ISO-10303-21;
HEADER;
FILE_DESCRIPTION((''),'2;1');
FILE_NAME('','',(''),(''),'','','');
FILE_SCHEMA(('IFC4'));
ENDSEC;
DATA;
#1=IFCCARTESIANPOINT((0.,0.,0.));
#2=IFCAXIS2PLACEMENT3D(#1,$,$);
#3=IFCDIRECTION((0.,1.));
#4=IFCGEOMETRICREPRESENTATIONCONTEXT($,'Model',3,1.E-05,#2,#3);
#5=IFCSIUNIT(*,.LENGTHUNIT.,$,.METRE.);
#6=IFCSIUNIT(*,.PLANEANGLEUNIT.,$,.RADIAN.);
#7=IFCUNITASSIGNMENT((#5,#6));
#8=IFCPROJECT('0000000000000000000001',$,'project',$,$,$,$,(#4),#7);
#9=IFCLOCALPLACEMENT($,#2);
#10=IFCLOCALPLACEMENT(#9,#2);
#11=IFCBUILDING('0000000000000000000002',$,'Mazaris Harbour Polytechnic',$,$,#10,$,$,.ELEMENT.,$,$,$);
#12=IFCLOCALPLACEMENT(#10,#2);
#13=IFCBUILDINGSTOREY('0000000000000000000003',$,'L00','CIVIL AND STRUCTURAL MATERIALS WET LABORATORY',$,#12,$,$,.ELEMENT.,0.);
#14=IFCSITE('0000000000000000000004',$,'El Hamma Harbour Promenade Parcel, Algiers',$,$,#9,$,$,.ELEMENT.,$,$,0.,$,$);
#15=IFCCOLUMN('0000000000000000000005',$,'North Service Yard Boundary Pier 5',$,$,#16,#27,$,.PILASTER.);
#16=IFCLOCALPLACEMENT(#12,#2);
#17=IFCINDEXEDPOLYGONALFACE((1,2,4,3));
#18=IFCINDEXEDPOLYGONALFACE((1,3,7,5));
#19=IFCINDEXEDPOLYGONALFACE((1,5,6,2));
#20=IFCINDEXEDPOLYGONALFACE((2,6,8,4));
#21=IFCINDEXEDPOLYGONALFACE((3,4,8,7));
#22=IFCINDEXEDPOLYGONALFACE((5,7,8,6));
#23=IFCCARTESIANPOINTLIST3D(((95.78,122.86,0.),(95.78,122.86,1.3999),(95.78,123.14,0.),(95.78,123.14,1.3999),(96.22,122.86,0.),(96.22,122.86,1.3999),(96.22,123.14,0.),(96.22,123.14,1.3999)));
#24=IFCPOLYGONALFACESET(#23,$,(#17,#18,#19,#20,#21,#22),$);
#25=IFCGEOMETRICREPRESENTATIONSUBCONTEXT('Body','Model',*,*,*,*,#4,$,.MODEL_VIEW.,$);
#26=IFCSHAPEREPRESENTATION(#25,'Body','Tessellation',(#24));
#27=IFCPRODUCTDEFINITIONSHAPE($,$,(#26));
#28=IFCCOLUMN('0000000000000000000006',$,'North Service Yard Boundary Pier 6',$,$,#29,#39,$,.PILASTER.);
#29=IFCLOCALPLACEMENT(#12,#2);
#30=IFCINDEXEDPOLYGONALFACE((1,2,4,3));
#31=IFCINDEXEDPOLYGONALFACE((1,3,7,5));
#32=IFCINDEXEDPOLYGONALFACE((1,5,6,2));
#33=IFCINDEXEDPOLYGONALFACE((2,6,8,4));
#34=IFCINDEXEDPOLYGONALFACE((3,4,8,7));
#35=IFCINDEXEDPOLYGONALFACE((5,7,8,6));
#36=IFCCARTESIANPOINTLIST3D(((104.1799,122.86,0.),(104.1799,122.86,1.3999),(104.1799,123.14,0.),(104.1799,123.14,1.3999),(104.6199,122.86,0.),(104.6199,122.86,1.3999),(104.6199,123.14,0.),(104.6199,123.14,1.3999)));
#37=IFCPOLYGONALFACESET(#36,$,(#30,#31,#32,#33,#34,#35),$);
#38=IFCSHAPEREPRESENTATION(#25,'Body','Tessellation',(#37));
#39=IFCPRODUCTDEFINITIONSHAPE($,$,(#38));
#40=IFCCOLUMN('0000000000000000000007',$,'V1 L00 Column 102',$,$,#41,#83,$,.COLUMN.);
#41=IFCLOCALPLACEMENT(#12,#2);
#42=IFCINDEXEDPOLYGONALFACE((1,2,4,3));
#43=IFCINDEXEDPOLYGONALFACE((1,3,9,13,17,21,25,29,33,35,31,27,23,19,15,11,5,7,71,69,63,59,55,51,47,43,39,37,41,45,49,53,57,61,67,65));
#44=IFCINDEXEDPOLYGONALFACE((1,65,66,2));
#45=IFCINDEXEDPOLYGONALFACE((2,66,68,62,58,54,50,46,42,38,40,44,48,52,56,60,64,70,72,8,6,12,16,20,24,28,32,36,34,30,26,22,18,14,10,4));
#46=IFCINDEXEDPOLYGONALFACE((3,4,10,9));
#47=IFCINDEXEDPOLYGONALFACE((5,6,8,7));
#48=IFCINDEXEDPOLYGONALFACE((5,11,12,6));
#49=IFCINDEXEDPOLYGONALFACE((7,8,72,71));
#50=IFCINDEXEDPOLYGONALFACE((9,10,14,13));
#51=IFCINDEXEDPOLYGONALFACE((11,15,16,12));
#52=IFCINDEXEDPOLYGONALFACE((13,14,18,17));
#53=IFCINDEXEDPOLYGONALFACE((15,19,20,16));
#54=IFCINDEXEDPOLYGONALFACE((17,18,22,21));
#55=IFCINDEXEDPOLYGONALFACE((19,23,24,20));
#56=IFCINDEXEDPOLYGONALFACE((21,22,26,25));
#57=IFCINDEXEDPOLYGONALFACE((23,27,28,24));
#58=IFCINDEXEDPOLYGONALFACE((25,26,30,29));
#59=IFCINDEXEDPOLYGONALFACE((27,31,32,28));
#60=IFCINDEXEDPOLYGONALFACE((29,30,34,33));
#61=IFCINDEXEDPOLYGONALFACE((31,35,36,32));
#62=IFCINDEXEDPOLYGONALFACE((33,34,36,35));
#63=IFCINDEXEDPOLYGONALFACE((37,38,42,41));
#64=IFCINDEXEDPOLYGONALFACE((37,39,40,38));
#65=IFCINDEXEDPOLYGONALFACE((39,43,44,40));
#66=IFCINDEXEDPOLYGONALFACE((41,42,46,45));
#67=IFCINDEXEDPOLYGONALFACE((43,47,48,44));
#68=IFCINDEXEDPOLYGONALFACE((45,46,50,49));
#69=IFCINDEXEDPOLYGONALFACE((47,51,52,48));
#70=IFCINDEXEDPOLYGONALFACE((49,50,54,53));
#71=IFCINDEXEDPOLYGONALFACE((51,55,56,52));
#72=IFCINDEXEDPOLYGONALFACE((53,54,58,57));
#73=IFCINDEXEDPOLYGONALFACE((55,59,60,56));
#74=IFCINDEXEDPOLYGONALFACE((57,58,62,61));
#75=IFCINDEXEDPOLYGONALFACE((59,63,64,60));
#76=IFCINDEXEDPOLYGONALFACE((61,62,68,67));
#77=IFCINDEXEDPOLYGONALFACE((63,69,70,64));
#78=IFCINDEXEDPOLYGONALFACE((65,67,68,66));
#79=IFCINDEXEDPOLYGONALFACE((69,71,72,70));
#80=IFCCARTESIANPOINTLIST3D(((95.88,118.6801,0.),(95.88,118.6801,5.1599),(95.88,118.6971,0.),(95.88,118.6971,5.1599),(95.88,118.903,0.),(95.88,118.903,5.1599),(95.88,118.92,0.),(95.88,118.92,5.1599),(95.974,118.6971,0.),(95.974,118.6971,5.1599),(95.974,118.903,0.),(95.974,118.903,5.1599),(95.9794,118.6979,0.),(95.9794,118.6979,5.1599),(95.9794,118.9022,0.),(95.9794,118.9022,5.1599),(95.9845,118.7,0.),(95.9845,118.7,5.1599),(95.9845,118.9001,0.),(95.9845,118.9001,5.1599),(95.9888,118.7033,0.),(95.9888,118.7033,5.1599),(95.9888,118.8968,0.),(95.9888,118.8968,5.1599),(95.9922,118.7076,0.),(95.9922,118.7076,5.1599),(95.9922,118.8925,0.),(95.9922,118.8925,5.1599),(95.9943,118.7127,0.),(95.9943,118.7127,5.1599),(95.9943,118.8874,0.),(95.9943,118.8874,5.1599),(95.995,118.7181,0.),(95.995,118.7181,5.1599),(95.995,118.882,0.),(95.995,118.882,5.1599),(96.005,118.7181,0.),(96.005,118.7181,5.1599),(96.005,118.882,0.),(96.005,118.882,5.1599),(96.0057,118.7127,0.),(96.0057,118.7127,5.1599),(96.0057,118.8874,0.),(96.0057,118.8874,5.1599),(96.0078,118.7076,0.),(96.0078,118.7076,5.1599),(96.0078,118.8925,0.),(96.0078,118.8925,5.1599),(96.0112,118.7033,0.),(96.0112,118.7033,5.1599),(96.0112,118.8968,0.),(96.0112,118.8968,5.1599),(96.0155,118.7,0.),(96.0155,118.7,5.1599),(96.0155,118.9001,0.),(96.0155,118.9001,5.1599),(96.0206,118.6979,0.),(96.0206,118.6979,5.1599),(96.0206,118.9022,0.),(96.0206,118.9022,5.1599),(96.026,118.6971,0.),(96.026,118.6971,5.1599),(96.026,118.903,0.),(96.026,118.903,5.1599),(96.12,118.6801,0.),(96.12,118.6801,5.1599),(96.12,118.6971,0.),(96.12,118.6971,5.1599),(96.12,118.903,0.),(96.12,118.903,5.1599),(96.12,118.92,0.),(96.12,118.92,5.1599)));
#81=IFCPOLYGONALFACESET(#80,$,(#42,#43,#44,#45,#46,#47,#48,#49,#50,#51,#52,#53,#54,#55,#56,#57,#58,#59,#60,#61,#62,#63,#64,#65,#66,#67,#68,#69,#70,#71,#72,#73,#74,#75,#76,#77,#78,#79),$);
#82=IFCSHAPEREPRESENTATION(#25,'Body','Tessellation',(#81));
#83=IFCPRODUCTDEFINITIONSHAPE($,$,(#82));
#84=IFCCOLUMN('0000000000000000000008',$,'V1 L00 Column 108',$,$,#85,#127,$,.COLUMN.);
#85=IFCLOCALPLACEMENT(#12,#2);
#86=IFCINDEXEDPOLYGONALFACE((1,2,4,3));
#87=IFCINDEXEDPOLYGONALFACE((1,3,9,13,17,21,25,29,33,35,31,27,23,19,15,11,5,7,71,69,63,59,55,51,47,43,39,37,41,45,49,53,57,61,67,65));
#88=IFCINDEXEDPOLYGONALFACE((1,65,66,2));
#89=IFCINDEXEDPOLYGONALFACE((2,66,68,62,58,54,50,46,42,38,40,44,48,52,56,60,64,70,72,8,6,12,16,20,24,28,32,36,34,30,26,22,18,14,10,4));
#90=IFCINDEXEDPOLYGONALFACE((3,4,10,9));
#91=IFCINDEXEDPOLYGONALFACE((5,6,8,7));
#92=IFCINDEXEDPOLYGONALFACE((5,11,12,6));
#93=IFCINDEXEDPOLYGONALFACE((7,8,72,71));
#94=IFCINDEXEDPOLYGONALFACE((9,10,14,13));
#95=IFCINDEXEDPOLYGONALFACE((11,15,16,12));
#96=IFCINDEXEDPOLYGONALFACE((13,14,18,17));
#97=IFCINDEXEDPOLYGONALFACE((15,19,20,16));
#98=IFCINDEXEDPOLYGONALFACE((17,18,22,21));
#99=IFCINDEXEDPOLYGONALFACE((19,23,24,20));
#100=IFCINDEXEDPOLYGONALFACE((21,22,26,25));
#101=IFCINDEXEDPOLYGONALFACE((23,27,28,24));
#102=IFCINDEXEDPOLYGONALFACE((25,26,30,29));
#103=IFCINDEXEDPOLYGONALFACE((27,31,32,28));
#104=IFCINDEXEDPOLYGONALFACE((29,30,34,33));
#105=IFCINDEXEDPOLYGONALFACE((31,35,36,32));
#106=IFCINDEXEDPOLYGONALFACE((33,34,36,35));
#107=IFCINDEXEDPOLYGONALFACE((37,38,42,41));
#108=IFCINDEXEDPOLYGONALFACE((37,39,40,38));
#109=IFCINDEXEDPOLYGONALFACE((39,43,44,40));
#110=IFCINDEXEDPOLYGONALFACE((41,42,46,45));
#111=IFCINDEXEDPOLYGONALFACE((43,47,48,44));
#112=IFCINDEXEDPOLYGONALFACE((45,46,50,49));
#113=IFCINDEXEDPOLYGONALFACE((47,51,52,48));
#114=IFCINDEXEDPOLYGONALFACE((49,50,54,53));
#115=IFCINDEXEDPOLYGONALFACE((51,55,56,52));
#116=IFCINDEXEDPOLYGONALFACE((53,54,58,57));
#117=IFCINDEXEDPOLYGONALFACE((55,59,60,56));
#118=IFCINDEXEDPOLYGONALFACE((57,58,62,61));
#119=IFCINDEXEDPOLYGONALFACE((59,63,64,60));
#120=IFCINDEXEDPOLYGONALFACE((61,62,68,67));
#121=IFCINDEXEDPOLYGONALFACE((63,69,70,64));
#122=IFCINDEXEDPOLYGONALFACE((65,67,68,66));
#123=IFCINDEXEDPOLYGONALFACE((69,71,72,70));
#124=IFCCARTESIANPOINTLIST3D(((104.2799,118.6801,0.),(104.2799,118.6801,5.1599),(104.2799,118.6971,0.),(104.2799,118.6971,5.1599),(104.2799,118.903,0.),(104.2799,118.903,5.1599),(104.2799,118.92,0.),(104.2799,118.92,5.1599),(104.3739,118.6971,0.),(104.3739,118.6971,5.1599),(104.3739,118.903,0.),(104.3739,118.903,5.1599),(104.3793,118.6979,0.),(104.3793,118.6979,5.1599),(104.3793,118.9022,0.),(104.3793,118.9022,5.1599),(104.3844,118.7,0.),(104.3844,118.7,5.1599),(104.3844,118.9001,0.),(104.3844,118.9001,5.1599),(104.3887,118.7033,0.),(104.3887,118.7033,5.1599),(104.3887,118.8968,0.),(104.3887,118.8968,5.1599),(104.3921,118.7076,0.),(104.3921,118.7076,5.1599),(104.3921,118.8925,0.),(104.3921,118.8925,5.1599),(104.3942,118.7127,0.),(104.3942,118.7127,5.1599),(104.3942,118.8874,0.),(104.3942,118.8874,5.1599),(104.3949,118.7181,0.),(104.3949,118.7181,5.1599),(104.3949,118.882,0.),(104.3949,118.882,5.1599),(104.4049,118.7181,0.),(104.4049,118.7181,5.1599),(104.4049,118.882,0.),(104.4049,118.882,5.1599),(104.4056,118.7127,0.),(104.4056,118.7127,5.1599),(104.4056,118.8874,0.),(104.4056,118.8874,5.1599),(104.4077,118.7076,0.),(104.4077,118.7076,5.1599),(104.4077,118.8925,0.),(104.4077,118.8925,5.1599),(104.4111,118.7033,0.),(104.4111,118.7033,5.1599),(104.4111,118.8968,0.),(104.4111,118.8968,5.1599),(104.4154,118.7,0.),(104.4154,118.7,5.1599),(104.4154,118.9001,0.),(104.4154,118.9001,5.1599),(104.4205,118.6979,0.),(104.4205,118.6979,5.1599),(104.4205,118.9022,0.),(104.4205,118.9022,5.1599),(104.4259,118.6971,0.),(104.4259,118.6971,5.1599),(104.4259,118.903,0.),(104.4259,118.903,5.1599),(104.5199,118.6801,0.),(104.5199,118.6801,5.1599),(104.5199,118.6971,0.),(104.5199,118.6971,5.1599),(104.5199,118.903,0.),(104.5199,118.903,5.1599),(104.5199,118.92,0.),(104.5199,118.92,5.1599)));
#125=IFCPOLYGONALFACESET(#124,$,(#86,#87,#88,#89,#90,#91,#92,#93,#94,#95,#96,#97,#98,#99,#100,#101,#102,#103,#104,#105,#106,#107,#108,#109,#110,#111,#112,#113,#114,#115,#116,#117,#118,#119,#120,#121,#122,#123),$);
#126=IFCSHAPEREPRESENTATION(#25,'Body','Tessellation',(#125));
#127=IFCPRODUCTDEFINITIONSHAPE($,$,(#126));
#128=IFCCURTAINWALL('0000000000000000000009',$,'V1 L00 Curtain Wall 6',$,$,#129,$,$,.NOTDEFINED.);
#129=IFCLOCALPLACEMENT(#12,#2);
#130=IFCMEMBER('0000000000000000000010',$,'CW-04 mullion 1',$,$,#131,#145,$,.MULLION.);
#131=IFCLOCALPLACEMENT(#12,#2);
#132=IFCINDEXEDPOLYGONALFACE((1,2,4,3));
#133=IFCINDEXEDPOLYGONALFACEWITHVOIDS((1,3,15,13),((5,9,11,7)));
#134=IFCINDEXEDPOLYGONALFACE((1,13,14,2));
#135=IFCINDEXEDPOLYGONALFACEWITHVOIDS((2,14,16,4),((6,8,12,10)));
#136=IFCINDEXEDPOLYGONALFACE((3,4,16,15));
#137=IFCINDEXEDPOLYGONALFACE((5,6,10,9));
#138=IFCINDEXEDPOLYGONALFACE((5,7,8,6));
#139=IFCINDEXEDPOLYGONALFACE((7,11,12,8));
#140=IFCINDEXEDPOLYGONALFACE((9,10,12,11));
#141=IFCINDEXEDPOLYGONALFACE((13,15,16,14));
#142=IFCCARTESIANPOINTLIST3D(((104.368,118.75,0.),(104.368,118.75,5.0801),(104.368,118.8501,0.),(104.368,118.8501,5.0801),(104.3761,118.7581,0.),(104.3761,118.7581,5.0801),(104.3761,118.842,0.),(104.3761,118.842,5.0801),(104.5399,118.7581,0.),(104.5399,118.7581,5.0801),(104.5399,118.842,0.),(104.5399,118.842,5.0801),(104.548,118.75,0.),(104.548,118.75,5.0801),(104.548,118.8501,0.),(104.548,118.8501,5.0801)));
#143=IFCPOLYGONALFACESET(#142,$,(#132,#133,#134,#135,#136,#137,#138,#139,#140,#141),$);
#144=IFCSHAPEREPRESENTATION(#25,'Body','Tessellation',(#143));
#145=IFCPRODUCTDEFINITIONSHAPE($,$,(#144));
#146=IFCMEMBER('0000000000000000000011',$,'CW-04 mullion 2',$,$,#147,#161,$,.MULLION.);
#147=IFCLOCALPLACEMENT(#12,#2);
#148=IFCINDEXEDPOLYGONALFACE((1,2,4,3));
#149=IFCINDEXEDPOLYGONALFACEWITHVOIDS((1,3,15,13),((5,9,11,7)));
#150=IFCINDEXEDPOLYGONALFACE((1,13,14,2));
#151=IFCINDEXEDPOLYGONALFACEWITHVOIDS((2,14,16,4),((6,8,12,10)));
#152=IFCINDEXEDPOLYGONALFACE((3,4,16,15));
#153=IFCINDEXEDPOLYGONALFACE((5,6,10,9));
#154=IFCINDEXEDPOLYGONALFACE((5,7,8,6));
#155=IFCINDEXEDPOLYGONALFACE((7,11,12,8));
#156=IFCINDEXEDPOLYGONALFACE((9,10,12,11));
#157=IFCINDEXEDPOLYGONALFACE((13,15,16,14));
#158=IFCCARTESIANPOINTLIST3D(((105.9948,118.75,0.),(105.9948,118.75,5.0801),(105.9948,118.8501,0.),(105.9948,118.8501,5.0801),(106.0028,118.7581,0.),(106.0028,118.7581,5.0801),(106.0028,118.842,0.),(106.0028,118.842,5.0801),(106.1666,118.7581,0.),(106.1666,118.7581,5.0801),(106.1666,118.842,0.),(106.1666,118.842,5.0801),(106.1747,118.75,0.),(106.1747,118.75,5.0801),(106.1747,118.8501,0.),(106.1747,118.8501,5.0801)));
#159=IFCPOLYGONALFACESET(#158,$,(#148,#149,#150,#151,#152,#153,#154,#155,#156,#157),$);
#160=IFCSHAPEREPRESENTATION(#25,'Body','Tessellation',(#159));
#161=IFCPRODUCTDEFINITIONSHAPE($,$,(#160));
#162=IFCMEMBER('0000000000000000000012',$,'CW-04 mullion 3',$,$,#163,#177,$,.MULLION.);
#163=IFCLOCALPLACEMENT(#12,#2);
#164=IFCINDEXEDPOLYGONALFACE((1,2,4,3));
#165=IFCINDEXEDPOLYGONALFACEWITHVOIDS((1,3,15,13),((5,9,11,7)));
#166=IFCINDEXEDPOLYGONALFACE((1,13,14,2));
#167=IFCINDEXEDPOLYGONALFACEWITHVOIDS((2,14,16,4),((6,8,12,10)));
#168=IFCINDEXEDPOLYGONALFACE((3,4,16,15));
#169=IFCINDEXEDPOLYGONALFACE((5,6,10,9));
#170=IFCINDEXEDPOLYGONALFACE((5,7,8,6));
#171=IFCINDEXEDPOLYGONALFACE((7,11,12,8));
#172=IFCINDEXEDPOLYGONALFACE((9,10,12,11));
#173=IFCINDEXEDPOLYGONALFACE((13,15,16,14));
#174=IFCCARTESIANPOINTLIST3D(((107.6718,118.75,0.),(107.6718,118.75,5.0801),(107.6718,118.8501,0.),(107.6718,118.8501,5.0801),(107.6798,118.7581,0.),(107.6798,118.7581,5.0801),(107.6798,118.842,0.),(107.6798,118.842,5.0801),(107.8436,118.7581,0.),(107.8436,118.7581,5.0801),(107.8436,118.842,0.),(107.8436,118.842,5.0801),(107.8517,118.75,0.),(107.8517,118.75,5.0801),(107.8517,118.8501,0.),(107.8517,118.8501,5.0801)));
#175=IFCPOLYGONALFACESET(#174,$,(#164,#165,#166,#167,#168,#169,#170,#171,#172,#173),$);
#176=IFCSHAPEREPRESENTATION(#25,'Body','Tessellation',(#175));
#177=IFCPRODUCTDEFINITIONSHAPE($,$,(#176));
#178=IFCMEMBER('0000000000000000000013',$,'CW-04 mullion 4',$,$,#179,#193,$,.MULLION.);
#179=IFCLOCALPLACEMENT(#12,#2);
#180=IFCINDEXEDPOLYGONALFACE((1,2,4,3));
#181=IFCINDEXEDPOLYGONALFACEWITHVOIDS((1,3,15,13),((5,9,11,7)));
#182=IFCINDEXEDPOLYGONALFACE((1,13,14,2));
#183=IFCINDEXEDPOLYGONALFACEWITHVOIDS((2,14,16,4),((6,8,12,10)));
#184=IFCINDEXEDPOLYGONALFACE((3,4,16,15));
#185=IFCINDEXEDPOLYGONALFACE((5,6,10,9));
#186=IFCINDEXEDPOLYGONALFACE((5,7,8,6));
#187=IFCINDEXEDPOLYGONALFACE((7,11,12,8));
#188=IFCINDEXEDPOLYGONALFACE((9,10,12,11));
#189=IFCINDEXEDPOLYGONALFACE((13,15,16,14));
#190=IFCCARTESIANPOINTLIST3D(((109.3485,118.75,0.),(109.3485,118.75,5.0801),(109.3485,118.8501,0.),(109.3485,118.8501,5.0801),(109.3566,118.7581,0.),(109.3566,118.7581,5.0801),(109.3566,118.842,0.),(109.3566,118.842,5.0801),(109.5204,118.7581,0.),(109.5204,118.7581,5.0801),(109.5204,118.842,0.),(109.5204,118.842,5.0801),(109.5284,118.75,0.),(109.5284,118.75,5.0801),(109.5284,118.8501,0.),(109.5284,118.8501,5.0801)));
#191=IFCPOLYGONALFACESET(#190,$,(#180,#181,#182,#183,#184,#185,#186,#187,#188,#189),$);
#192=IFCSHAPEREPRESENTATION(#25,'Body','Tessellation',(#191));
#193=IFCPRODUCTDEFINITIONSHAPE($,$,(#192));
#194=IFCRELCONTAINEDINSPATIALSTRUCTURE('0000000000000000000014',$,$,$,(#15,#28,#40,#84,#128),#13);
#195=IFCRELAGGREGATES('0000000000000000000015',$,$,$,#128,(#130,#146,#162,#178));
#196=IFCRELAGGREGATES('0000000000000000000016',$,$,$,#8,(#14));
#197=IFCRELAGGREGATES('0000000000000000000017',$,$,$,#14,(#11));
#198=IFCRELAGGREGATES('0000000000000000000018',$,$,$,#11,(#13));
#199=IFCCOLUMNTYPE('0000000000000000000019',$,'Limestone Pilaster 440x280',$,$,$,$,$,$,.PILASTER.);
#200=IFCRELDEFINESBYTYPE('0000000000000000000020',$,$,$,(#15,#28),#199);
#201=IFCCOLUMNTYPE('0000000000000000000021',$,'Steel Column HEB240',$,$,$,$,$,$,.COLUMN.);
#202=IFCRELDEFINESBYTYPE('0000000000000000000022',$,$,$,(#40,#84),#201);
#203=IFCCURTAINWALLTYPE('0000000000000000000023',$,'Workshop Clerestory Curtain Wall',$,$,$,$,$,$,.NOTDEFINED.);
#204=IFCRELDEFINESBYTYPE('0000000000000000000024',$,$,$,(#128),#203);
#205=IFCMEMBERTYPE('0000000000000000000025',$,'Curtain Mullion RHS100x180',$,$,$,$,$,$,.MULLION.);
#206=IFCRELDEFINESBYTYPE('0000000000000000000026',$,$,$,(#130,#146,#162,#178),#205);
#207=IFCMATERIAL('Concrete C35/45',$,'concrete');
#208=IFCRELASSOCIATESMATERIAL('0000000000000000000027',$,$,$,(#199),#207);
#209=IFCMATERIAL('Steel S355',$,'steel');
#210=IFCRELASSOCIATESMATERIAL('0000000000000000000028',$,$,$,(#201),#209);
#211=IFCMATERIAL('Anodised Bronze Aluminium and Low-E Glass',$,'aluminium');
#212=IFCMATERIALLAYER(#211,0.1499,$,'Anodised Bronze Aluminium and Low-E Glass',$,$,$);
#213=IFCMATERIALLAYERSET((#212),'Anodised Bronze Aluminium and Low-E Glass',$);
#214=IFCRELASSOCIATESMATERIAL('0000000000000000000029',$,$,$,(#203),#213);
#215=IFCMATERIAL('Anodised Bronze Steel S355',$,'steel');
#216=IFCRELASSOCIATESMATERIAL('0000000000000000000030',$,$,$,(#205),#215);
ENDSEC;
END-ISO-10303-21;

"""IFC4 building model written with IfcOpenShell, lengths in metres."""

from ifc_helpers import new_model, si_unit, direction, frame, origin, origin_2d, place, context, subcontext, project, spatial, rectangle, hollow_rectangle, i_section, extrude, material, layer, layer_set, material_profile, profile_set, type_object, element, aggregate, save


model = new_model("IFC4")

# Units and contexts
model_context = context("Model", 3, precision=1e-05, world=origin(), true_north=direction((0.0, 1.0)))
body_context = subcontext(model_context, "Body", "Model", "MODEL_VIEW")
ifc_project = project(units=[si_unit("LENGTHUNIT", "METRE"), si_unit("PLANEANGLEUNIT", "RADIAN")], contexts=[model_context])

# Site, building, storey
site_placement = place(None, origin())
site = spatial("IfcSite", under=ifc_project, at=site_placement, Name="El Hamma Harbour Promenade Parcel, Algiers", CompositionType="ELEMENT", RefElevation=0.0)
building_placement = place(site_placement, origin())
building = spatial("IfcBuilding", under=site, at=building_placement, Name="Mazaris Harbour Polytechnic", CompositionType="ELEMENT")
storey_placement = place(building_placement, origin())
storey = spatial("IfcBuildingStorey", under=building, at=storey_placement, Name="L00", Description="CIVIL AND STRUCTURAL MATERIALS WET LABORATORY", CompositionType="ELEMENT", Elevation=0.0)

# Columns
ifc_material_1 = material(Name="Concrete C35/45", Category="concrete")
ifc_material_profile_1 = material_profile(ifc_material_1, rectangle(XDim=0.4399, YDim=0.28, at=origin_2d()), Name="RECT440x280")
ifc_profile_set_1 = profile_set([ifc_material_profile_1], Name="Concrete C35/45")
column_type_1 = type_object("IfcColumnType", Name="Limestone Pilaster 440x280", PredefinedType="PILASTER", material=ifc_profile_set_1)
for number, where, z_axis, x_axis, name in (
    (1, (96.0, 123.0, 0.0), (0.0, 0.0, 1.0), (1.0, 0.0, 0.0), "North Service Yard Boundary Pier 5"),
    (2, (104.3999, 123.0, 0.0), (0.0, 0.0, 1.0), (1.0, 0.0, 0.0), "North Service Yard Boundary Pier 6"),
):
    element("IfcColumn", number, at=place(storey_placement, frame(where, z_axis=z_axis, x_axis=x_axis)), inside=storey, type_object=column_type_1, Name=name, PredefinedType="PILASTER", context=body_context, shape_type="SweptSolid", body=[
        extrude(rectangle(XDim=0.4399, YDim=0.28, at=origin_2d()), origin(), (0.0, 0.0, 1.0), 1.3999),
    ])
ifc_material_2 = material(Name="Steel S355", Category="steel")
ifc_material_profile_2 = material_profile(ifc_material_2, i_section(OverallWidth=0.24, OverallDepth=0.24, WebThickness=0.01, FlangeThickness=0.0171, FilletRadius=0.021, at=origin_2d()), Name="HEB 240")
ifc_profile_set_2 = profile_set([ifc_material_profile_2], Name="Steel S355")
column_type_2 = type_object("IfcColumnType", Name="Steel Column HEB240", PredefinedType="COLUMN", material=ifc_profile_set_2)
for number, where, z_axis, x_axis, name in (
    (3, (96.0, 118.8, 0.0), (0.0, 0.0, 1.0), (1.0, 0.0, 0.0), "V1 L00 Column 102"),
    (4, (104.3999, 118.8, 0.0), (0.0, 0.0, 1.0), (1.0, 0.0, 0.0), "V1 L00 Column 108"),
):
    element("IfcColumn", number, at=place(storey_placement, frame(where, z_axis=z_axis, x_axis=x_axis)), inside=storey, type_object=column_type_2, Name=name, PredefinedType="COLUMN", context=body_context, shape_type="SweptSolid", body=[
        extrude(i_section(OverallWidth=0.24, OverallDepth=0.24, WebThickness=0.01, FlangeThickness=0.0171, FilletRadius=0.021, at=origin_2d()), origin(), (0.0, 0.0, 1.0), 5.1599),
    ])

# Curtain wall, members
ifc_material_3 = material(Name="Anodised Bronze Aluminium and Low-E Glass", Category="aluminium")
ifc_layer_1 = layer(ifc_material_3, 0.1499, Name="Anodised Bronze Aluminium and Low-E Glass")
ifc_layer_set_1 = layer_set([ifc_layer_1], Name="Anodised Bronze Aluminium and Low-E Glass")
curtain_wall_type = type_object("IfcCurtainWallType", Name="Workshop Clerestory Curtain Wall", PredefinedType="NOTDEFINED", material=ifc_layer_set_1)
curtain_wall_placement = place(storey_placement, origin())
curtain_wall = element("IfcCurtainWall", 5, at=curtain_wall_placement, inside=storey, type_object=curtain_wall_type, Name="V1 L00 Curtain Wall 6", PredefinedType="NOTDEFINED")
ifc_material_4 = material(Name="Anodised Bronze Steel S355", Category="steel")
ifc_material_profile_3 = material_profile(ifc_material_4, hollow_rectangle(XDim=0.1001, YDim=0.1799, WallThickness=0.0081, at=origin_2d()), Name="RHS 100x180x8.0")
ifc_profile_set_3 = profile_set([ifc_material_profile_3], Name="Anodised Bronze Steel S355")
member_type_1 = type_object("IfcMemberType", Name="Curtain Mullion RHS100x180", PredefinedType="MULLION", material=ifc_profile_set_3)
member_1_placement = place(storey_placement, frame((104.458, 118.8, 0.0), z_axis=(0.0, 0.0, 1.0), x_axis=(0.0, 1.0, 0.0)))
member_1 = element("IfcMember", 6, at=member_1_placement, type_object=member_type_1, Name="CW-04 mullion 1", PredefinedType="MULLION", context=body_context, shape_type="SweptSolid", body=[
    extrude(hollow_rectangle(XDim=0.1001, YDim=0.1799, WallThickness=0.0081, at=origin_2d()), origin(), (0.0, 0.0, 1.0), 5.0801),
])
member_2_placement = place(storey_placement, frame((106.0847, 118.8, 0.0), z_axis=(0.0, 0.0, 1.0), x_axis=(0.0, 1.0, 0.0)))
member_2 = element("IfcMember", 7, at=member_2_placement, type_object=member_type_1, Name="CW-04 mullion 2", PredefinedType="MULLION", context=body_context, shape_type="SweptSolid", body=[
    extrude(hollow_rectangle(XDim=0.1001, YDim=0.1799, WallThickness=0.0081, at=origin_2d()), origin(), (0.0, 0.0, 1.0), 5.0801),
])
member_3_placement = place(storey_placement, frame((107.7617, 118.8, 0.0), z_axis=(0.0, 0.0, 1.0), x_axis=(0.0, 1.0, 0.0)))
member_3 = element("IfcMember", 8, at=member_3_placement, type_object=member_type_1, Name="CW-04 mullion 3", PredefinedType="MULLION", context=body_context, shape_type="SweptSolid", body=[
    extrude(hollow_rectangle(XDim=0.1001, YDim=0.1799, WallThickness=0.0081, at=origin_2d()), origin(), (0.0, 0.0, 1.0), 5.0801),
])
member_4_placement = place(storey_placement, frame((109.4385, 118.8, 0.0), z_axis=(0.0, 0.0, 1.0), x_axis=(0.0, 1.0, 0.0)))
member_4 = element("IfcMember", 9, at=member_4_placement, type_object=member_type_1, Name="CW-04 mullion 4", PredefinedType="MULLION", context=body_context, shape_type="SweptSolid", body=[
    extrude(hollow_rectangle(XDim=0.1001, YDim=0.1799, WallThickness=0.0081, at=origin_2d()), origin(), (0.0, 0.0, 1.0), 5.0801),
])
aggregate(curtain_wall, [member_1, member_2, member_3, member_4])

save(model, "model.ifc")
